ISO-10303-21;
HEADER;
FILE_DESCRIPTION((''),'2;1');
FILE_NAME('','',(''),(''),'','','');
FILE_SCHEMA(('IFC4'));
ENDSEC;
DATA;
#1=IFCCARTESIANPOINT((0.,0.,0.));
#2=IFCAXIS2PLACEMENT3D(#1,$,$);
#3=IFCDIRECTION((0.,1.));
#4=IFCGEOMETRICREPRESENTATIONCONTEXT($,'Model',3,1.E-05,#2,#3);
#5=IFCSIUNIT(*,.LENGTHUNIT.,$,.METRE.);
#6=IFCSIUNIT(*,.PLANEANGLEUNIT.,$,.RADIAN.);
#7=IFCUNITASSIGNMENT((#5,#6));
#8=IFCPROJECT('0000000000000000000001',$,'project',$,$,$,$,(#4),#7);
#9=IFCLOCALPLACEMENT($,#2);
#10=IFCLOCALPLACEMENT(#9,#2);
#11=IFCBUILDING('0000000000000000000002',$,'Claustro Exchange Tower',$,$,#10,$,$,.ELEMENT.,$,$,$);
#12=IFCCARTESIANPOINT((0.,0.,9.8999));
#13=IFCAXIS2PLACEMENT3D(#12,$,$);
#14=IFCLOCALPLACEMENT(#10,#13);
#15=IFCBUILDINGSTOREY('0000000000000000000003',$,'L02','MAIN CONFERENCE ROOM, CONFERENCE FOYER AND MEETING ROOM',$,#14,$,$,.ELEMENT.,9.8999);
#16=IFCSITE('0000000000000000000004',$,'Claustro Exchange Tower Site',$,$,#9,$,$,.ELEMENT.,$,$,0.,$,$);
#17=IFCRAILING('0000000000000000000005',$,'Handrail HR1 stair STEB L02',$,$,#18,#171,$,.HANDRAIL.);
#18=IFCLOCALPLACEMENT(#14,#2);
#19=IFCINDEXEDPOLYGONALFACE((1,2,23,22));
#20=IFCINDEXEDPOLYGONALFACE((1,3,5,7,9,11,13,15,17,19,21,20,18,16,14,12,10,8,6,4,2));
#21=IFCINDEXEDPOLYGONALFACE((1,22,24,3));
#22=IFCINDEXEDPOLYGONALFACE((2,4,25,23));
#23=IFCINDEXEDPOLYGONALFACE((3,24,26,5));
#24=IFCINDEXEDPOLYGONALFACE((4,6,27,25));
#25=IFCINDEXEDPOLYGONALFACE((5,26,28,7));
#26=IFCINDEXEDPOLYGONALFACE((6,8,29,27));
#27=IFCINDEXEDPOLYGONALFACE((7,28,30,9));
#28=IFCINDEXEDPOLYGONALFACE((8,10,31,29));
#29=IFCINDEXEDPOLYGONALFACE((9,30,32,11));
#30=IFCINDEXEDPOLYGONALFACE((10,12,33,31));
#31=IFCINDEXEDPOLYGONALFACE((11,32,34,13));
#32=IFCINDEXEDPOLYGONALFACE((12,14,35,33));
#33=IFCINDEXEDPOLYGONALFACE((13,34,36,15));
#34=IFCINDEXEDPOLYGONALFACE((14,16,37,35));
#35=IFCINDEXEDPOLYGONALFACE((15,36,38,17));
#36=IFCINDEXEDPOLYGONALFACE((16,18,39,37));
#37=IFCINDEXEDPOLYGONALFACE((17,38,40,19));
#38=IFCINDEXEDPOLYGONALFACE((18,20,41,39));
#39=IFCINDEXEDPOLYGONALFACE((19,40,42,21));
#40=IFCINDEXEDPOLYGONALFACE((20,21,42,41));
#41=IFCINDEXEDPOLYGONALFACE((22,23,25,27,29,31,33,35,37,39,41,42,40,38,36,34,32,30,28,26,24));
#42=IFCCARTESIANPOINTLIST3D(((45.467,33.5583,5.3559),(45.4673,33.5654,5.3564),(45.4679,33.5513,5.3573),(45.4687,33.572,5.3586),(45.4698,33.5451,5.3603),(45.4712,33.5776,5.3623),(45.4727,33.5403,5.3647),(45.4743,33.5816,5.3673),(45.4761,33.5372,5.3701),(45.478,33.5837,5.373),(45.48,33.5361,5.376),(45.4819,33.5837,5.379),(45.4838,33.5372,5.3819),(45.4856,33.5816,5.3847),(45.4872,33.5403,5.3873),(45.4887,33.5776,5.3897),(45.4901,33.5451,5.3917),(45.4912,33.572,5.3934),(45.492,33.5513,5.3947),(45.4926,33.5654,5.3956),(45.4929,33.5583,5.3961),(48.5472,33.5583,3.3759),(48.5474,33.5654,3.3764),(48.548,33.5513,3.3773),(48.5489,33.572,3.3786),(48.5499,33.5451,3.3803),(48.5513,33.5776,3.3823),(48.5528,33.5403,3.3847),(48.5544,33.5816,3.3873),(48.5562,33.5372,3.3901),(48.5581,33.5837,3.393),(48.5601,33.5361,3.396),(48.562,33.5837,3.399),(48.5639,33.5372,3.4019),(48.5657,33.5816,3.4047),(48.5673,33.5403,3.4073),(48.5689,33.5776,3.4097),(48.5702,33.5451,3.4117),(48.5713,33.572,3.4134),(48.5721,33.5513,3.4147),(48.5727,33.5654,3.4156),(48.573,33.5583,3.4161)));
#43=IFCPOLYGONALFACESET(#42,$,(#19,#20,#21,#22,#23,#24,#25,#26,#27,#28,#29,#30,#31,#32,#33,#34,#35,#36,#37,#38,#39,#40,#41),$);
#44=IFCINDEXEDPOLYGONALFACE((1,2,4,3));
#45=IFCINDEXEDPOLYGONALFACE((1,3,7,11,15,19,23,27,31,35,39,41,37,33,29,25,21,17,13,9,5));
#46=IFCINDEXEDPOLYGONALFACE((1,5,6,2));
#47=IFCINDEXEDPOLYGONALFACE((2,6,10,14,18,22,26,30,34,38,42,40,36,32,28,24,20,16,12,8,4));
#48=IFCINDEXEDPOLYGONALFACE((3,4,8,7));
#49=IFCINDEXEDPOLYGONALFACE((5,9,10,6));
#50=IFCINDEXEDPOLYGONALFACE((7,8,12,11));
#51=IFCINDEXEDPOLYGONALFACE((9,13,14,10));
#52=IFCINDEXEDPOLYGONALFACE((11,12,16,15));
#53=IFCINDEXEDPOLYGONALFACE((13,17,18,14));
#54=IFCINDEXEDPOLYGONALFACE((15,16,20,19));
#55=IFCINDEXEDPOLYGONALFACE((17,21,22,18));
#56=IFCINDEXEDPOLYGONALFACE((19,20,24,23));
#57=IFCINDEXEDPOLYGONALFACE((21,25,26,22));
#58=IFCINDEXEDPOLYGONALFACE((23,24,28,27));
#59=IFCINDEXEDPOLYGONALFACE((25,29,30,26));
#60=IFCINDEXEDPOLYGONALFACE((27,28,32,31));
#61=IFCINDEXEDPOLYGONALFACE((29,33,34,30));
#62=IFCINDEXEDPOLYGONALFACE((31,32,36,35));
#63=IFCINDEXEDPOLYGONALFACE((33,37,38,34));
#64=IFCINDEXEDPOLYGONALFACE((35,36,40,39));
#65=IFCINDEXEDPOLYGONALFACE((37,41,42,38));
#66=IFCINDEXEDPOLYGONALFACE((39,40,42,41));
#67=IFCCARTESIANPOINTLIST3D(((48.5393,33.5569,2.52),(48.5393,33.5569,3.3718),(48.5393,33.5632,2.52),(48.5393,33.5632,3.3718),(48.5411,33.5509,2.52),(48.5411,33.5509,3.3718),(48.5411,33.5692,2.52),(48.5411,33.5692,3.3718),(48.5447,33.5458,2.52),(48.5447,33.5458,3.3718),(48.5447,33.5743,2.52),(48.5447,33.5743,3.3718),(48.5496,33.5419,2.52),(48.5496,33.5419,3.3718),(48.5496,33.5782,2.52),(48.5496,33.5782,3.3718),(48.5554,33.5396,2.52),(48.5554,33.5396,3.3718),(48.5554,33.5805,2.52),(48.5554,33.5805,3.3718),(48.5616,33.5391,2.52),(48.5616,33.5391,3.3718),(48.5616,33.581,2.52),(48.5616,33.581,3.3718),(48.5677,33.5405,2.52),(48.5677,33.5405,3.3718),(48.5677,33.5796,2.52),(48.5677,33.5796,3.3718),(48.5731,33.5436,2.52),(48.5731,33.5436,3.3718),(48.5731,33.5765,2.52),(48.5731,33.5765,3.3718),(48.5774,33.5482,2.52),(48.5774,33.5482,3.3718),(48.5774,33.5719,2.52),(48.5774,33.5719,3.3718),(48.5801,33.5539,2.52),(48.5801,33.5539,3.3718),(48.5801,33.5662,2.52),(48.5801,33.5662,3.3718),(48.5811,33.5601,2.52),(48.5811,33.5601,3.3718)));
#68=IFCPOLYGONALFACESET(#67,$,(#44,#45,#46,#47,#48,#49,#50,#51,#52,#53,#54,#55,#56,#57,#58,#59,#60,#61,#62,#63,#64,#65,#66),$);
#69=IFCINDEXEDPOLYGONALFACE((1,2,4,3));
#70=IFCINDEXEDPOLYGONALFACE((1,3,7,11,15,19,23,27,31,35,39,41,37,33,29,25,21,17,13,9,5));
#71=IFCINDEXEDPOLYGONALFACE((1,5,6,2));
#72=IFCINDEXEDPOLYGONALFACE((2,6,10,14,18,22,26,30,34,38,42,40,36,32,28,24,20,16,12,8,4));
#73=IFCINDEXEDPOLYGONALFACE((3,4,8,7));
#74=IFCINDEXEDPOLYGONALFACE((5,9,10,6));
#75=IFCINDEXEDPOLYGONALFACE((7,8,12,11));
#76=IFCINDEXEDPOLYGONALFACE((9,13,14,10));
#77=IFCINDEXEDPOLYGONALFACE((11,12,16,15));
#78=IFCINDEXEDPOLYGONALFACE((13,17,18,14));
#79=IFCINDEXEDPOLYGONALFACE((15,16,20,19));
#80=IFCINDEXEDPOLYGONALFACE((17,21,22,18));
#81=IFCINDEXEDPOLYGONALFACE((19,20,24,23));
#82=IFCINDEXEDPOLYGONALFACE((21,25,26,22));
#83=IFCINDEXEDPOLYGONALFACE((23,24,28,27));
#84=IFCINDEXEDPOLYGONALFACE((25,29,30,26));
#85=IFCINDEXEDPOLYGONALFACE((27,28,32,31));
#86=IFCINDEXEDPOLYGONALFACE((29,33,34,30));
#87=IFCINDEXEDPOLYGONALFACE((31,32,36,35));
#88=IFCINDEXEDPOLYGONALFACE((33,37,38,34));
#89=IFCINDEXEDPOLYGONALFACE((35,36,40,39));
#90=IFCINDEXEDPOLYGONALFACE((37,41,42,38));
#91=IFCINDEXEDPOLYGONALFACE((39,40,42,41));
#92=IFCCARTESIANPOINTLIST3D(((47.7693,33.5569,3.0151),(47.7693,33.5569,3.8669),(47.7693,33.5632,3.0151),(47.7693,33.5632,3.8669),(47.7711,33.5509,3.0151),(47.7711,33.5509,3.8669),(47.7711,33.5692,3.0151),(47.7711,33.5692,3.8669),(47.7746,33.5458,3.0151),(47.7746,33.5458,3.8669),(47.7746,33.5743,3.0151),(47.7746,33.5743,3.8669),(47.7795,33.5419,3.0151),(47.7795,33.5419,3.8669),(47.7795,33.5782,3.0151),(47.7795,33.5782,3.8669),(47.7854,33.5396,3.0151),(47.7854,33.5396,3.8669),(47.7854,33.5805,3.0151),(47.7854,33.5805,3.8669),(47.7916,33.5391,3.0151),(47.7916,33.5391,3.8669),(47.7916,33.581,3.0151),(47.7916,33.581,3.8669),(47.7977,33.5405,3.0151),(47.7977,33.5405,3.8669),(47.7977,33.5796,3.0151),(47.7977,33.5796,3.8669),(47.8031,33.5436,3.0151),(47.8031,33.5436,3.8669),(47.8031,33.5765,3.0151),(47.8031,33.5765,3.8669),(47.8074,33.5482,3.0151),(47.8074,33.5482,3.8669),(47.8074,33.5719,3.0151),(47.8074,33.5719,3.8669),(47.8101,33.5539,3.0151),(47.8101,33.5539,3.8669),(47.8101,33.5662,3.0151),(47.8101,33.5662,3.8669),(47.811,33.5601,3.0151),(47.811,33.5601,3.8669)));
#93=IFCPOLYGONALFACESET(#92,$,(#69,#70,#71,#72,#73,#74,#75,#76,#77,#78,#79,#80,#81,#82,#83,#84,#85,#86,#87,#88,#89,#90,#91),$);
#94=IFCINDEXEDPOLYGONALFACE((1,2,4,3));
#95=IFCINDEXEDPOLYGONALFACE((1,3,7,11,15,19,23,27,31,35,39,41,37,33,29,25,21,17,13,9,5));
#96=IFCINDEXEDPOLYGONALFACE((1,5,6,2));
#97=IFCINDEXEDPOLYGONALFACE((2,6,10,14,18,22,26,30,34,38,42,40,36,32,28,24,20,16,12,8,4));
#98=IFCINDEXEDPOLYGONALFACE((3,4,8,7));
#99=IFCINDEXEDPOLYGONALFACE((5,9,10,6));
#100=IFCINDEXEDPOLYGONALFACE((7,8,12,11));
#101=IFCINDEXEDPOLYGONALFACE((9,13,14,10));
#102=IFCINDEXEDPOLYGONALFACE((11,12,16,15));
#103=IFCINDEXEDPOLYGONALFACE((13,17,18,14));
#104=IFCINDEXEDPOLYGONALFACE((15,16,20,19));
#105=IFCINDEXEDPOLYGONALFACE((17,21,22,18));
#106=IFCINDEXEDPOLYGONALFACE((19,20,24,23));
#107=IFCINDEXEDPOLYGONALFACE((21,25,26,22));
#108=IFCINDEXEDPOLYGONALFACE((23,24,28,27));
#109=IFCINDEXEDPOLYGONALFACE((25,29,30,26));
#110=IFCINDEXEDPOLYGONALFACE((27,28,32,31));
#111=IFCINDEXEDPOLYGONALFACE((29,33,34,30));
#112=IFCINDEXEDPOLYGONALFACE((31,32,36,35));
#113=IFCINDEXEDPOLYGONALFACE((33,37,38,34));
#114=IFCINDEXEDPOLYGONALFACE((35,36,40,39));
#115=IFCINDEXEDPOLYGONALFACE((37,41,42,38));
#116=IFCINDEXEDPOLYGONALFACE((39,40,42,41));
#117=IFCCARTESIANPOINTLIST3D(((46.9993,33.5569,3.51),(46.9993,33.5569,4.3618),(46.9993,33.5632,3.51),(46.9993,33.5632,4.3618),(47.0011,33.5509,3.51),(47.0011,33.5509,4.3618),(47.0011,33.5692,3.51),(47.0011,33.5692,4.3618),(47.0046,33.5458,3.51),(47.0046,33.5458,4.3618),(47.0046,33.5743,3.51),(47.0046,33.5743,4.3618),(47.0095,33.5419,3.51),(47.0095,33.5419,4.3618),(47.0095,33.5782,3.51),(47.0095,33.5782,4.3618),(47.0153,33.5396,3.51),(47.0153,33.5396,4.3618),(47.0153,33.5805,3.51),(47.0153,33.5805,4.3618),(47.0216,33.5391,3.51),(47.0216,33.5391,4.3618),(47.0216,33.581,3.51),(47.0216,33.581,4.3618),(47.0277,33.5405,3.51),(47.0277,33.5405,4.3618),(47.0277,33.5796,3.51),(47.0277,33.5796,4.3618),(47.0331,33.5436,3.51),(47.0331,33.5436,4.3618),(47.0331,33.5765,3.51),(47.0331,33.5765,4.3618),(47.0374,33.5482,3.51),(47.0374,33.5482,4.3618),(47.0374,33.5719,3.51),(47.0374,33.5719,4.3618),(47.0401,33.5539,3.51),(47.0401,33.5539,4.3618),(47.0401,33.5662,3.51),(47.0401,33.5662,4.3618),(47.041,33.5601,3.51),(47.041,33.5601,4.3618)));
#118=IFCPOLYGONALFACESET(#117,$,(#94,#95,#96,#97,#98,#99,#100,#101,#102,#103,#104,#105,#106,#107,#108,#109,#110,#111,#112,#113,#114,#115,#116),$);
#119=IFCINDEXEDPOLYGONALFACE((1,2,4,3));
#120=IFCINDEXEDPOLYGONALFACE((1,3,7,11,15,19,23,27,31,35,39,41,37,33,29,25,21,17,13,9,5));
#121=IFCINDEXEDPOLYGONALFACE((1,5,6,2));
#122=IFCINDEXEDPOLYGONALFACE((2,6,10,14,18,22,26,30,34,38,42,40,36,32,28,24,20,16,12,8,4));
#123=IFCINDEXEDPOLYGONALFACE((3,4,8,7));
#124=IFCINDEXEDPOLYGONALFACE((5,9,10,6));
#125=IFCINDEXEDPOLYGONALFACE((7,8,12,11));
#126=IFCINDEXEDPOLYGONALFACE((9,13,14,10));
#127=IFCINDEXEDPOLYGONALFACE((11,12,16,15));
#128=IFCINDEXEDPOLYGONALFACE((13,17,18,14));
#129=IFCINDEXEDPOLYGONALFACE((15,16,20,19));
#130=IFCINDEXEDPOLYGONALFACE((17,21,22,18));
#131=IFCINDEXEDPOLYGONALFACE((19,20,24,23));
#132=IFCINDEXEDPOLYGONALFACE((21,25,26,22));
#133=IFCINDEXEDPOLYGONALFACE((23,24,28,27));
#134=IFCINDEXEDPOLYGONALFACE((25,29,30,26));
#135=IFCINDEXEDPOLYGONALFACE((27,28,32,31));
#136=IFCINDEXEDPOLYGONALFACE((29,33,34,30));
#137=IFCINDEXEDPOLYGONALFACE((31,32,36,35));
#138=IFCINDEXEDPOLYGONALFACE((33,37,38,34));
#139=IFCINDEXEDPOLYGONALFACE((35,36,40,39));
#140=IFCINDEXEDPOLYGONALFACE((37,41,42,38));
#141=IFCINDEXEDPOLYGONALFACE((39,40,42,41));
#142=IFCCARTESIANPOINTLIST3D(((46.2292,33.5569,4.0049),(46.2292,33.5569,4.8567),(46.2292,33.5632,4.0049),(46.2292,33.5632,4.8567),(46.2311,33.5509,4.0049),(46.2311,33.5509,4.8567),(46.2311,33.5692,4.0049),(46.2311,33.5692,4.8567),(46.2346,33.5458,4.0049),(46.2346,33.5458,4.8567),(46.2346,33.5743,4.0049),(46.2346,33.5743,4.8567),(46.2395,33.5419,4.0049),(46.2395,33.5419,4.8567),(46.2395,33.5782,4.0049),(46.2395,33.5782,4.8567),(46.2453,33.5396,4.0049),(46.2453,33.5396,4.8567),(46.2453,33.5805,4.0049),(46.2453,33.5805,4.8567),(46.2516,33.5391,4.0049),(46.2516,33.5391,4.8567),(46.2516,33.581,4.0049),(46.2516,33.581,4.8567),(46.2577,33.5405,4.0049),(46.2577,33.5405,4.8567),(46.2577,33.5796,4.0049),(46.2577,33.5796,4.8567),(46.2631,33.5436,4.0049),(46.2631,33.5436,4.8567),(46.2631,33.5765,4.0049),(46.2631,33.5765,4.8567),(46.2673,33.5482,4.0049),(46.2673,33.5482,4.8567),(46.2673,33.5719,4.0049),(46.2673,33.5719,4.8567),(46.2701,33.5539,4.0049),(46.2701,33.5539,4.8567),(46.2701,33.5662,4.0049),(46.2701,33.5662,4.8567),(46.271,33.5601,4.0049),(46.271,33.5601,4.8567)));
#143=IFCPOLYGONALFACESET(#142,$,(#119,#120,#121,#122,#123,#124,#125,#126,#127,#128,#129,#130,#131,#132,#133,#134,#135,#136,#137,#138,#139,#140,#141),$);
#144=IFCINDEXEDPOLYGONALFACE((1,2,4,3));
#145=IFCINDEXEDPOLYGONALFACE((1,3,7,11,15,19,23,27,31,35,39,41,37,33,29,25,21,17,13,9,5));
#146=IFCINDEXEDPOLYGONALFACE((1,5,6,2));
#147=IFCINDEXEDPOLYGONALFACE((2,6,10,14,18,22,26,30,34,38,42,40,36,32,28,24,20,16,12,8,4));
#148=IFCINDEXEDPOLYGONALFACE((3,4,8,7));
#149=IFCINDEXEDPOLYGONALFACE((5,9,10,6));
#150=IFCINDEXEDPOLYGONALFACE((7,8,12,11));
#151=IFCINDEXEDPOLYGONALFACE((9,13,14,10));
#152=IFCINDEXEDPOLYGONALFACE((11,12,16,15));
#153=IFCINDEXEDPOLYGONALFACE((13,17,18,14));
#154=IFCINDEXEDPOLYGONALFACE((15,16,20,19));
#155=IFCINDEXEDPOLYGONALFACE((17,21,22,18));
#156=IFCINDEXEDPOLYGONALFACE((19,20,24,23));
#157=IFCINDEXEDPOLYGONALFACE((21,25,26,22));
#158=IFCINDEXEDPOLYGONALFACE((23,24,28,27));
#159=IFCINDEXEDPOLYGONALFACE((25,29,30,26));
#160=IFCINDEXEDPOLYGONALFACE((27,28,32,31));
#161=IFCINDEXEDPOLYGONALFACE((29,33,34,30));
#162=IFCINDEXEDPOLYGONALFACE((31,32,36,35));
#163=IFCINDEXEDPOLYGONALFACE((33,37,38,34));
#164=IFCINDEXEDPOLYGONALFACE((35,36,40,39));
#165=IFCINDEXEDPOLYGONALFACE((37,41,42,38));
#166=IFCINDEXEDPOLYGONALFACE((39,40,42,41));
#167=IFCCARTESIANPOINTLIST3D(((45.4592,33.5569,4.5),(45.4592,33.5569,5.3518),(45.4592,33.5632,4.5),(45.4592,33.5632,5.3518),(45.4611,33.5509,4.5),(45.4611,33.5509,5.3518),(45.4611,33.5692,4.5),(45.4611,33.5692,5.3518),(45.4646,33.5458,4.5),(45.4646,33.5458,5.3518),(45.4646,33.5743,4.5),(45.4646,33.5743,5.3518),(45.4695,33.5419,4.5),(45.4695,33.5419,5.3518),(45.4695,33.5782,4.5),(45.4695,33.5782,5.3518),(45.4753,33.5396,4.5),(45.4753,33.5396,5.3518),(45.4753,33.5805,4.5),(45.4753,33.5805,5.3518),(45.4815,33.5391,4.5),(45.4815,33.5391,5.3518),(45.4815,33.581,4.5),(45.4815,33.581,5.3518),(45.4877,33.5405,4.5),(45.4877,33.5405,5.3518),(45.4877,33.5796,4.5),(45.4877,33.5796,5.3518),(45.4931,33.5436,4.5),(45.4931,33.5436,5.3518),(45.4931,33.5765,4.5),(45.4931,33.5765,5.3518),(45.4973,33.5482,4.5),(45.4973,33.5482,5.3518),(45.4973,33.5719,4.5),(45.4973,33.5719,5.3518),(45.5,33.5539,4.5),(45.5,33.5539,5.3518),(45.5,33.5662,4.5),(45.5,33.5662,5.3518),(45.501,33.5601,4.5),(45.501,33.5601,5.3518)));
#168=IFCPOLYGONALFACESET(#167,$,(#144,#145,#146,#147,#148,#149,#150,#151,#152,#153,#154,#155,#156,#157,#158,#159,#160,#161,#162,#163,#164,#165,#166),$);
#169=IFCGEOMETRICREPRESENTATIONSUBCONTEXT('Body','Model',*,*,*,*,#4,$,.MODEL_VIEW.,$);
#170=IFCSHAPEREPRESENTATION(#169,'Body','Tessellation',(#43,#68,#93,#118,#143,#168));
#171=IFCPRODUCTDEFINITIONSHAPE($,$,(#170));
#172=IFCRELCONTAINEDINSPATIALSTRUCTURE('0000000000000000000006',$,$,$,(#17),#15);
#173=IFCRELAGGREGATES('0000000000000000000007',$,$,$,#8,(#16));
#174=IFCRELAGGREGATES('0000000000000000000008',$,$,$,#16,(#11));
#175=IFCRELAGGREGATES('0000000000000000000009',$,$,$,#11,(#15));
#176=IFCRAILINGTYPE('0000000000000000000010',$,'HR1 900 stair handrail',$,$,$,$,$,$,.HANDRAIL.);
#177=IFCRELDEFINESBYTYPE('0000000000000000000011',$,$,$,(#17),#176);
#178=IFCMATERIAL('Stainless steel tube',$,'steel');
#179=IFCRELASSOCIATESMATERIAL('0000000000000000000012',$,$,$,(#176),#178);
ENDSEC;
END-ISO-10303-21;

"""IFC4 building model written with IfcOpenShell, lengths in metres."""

from ifc_helpers import new_model, si_unit, direction, frame, origin, origin_2d, place, context, subcontext, project, spatial, circle, extrude, material, type_object, element, save


model = new_model("IFC4")

# Units and contexts
model_context = context("Model", 3, precision=1e-05, world=origin(), true_north=direction((0.0, 1.0)))
body_context = subcontext(model_context, "Body", "Model", "MODEL_VIEW")
ifc_project = project(units=[si_unit("LENGTHUNIT", "METRE"), si_unit("PLANEANGLEUNIT", "RADIAN")], contexts=[model_context])

# Site, building, storey
site_placement = place(None, origin())
site = spatial("IfcSite", under=ifc_project, at=site_placement, Name="Claustro Exchange Tower Site", CompositionType="ELEMENT", RefElevation=0.0)
building_placement = place(site_placement, origin())
building = spatial("IfcBuilding", under=site, at=building_placement, Name="Claustro Exchange Tower", CompositionType="ELEMENT")
storey_placement = place(building_placement, frame((0.0, 0.0, 9.8999)))
storey = spatial("IfcBuildingStorey", under=building, at=storey_placement, Name="L02", Description="MAIN CONFERENCE ROOM, CONFERENCE FOYER AND MEETING ROOM", CompositionType="ELEMENT", Elevation=9.8999)

# Railing
ifc_material_1 = material(Name="Stainless steel tube", Category="steel")
railing_type_1 = type_object("IfcRailingType", Name="HR1 900 stair handrail", PredefinedType="HANDRAIL", material=ifc_material_1)
railing_1_placement = place(storey_placement, frame((48.5601, 33.5601, 2.52)))
element("IfcRailing", 1, at=railing_1_placement, inside=storey, type_object=railing_type_1, Name="Handrail HR1 stair STEB L02", PredefinedType="HANDRAIL", context=body_context, shape_type="SweptSolid", body=[
    extrude(circle(Radius=0.0239, at=origin_2d()), frame((0.0, 0.0, 0.876), z_axis=(-0.841187, 0.0, 0.540744), x_axis=(0.0, -1.0, 0.0)), (0.0, 0.0, 1.0), 3.6616),
    extrude(circle(Radius=0.021, at=origin_2d()), origin(), (0.0, 0.0, 1.0), 0.8518),
    extrude(circle(Radius=0.021, at=origin_2d()), frame((-0.77, 0.0, 0.4951)), (0.0, 0.0, 1.0), 0.8518),
    extrude(circle(Radius=0.021, at=origin_2d()), frame((-1.54, 0.0, 0.99)), (0.0, 0.0, 1.0), 0.8518),
    extrude(circle(Radius=0.021, at=origin_2d()), frame((-2.3101, 0.0, 1.4849)), (0.0, 0.0, 1.0), 0.8518),
    extrude(circle(Radius=0.021, at=origin_2d()), frame((-3.0801, 0.0, 1.98)), (0.0, 0.0, 1.0), 0.8518),
])

save(model, "model.ifc")
